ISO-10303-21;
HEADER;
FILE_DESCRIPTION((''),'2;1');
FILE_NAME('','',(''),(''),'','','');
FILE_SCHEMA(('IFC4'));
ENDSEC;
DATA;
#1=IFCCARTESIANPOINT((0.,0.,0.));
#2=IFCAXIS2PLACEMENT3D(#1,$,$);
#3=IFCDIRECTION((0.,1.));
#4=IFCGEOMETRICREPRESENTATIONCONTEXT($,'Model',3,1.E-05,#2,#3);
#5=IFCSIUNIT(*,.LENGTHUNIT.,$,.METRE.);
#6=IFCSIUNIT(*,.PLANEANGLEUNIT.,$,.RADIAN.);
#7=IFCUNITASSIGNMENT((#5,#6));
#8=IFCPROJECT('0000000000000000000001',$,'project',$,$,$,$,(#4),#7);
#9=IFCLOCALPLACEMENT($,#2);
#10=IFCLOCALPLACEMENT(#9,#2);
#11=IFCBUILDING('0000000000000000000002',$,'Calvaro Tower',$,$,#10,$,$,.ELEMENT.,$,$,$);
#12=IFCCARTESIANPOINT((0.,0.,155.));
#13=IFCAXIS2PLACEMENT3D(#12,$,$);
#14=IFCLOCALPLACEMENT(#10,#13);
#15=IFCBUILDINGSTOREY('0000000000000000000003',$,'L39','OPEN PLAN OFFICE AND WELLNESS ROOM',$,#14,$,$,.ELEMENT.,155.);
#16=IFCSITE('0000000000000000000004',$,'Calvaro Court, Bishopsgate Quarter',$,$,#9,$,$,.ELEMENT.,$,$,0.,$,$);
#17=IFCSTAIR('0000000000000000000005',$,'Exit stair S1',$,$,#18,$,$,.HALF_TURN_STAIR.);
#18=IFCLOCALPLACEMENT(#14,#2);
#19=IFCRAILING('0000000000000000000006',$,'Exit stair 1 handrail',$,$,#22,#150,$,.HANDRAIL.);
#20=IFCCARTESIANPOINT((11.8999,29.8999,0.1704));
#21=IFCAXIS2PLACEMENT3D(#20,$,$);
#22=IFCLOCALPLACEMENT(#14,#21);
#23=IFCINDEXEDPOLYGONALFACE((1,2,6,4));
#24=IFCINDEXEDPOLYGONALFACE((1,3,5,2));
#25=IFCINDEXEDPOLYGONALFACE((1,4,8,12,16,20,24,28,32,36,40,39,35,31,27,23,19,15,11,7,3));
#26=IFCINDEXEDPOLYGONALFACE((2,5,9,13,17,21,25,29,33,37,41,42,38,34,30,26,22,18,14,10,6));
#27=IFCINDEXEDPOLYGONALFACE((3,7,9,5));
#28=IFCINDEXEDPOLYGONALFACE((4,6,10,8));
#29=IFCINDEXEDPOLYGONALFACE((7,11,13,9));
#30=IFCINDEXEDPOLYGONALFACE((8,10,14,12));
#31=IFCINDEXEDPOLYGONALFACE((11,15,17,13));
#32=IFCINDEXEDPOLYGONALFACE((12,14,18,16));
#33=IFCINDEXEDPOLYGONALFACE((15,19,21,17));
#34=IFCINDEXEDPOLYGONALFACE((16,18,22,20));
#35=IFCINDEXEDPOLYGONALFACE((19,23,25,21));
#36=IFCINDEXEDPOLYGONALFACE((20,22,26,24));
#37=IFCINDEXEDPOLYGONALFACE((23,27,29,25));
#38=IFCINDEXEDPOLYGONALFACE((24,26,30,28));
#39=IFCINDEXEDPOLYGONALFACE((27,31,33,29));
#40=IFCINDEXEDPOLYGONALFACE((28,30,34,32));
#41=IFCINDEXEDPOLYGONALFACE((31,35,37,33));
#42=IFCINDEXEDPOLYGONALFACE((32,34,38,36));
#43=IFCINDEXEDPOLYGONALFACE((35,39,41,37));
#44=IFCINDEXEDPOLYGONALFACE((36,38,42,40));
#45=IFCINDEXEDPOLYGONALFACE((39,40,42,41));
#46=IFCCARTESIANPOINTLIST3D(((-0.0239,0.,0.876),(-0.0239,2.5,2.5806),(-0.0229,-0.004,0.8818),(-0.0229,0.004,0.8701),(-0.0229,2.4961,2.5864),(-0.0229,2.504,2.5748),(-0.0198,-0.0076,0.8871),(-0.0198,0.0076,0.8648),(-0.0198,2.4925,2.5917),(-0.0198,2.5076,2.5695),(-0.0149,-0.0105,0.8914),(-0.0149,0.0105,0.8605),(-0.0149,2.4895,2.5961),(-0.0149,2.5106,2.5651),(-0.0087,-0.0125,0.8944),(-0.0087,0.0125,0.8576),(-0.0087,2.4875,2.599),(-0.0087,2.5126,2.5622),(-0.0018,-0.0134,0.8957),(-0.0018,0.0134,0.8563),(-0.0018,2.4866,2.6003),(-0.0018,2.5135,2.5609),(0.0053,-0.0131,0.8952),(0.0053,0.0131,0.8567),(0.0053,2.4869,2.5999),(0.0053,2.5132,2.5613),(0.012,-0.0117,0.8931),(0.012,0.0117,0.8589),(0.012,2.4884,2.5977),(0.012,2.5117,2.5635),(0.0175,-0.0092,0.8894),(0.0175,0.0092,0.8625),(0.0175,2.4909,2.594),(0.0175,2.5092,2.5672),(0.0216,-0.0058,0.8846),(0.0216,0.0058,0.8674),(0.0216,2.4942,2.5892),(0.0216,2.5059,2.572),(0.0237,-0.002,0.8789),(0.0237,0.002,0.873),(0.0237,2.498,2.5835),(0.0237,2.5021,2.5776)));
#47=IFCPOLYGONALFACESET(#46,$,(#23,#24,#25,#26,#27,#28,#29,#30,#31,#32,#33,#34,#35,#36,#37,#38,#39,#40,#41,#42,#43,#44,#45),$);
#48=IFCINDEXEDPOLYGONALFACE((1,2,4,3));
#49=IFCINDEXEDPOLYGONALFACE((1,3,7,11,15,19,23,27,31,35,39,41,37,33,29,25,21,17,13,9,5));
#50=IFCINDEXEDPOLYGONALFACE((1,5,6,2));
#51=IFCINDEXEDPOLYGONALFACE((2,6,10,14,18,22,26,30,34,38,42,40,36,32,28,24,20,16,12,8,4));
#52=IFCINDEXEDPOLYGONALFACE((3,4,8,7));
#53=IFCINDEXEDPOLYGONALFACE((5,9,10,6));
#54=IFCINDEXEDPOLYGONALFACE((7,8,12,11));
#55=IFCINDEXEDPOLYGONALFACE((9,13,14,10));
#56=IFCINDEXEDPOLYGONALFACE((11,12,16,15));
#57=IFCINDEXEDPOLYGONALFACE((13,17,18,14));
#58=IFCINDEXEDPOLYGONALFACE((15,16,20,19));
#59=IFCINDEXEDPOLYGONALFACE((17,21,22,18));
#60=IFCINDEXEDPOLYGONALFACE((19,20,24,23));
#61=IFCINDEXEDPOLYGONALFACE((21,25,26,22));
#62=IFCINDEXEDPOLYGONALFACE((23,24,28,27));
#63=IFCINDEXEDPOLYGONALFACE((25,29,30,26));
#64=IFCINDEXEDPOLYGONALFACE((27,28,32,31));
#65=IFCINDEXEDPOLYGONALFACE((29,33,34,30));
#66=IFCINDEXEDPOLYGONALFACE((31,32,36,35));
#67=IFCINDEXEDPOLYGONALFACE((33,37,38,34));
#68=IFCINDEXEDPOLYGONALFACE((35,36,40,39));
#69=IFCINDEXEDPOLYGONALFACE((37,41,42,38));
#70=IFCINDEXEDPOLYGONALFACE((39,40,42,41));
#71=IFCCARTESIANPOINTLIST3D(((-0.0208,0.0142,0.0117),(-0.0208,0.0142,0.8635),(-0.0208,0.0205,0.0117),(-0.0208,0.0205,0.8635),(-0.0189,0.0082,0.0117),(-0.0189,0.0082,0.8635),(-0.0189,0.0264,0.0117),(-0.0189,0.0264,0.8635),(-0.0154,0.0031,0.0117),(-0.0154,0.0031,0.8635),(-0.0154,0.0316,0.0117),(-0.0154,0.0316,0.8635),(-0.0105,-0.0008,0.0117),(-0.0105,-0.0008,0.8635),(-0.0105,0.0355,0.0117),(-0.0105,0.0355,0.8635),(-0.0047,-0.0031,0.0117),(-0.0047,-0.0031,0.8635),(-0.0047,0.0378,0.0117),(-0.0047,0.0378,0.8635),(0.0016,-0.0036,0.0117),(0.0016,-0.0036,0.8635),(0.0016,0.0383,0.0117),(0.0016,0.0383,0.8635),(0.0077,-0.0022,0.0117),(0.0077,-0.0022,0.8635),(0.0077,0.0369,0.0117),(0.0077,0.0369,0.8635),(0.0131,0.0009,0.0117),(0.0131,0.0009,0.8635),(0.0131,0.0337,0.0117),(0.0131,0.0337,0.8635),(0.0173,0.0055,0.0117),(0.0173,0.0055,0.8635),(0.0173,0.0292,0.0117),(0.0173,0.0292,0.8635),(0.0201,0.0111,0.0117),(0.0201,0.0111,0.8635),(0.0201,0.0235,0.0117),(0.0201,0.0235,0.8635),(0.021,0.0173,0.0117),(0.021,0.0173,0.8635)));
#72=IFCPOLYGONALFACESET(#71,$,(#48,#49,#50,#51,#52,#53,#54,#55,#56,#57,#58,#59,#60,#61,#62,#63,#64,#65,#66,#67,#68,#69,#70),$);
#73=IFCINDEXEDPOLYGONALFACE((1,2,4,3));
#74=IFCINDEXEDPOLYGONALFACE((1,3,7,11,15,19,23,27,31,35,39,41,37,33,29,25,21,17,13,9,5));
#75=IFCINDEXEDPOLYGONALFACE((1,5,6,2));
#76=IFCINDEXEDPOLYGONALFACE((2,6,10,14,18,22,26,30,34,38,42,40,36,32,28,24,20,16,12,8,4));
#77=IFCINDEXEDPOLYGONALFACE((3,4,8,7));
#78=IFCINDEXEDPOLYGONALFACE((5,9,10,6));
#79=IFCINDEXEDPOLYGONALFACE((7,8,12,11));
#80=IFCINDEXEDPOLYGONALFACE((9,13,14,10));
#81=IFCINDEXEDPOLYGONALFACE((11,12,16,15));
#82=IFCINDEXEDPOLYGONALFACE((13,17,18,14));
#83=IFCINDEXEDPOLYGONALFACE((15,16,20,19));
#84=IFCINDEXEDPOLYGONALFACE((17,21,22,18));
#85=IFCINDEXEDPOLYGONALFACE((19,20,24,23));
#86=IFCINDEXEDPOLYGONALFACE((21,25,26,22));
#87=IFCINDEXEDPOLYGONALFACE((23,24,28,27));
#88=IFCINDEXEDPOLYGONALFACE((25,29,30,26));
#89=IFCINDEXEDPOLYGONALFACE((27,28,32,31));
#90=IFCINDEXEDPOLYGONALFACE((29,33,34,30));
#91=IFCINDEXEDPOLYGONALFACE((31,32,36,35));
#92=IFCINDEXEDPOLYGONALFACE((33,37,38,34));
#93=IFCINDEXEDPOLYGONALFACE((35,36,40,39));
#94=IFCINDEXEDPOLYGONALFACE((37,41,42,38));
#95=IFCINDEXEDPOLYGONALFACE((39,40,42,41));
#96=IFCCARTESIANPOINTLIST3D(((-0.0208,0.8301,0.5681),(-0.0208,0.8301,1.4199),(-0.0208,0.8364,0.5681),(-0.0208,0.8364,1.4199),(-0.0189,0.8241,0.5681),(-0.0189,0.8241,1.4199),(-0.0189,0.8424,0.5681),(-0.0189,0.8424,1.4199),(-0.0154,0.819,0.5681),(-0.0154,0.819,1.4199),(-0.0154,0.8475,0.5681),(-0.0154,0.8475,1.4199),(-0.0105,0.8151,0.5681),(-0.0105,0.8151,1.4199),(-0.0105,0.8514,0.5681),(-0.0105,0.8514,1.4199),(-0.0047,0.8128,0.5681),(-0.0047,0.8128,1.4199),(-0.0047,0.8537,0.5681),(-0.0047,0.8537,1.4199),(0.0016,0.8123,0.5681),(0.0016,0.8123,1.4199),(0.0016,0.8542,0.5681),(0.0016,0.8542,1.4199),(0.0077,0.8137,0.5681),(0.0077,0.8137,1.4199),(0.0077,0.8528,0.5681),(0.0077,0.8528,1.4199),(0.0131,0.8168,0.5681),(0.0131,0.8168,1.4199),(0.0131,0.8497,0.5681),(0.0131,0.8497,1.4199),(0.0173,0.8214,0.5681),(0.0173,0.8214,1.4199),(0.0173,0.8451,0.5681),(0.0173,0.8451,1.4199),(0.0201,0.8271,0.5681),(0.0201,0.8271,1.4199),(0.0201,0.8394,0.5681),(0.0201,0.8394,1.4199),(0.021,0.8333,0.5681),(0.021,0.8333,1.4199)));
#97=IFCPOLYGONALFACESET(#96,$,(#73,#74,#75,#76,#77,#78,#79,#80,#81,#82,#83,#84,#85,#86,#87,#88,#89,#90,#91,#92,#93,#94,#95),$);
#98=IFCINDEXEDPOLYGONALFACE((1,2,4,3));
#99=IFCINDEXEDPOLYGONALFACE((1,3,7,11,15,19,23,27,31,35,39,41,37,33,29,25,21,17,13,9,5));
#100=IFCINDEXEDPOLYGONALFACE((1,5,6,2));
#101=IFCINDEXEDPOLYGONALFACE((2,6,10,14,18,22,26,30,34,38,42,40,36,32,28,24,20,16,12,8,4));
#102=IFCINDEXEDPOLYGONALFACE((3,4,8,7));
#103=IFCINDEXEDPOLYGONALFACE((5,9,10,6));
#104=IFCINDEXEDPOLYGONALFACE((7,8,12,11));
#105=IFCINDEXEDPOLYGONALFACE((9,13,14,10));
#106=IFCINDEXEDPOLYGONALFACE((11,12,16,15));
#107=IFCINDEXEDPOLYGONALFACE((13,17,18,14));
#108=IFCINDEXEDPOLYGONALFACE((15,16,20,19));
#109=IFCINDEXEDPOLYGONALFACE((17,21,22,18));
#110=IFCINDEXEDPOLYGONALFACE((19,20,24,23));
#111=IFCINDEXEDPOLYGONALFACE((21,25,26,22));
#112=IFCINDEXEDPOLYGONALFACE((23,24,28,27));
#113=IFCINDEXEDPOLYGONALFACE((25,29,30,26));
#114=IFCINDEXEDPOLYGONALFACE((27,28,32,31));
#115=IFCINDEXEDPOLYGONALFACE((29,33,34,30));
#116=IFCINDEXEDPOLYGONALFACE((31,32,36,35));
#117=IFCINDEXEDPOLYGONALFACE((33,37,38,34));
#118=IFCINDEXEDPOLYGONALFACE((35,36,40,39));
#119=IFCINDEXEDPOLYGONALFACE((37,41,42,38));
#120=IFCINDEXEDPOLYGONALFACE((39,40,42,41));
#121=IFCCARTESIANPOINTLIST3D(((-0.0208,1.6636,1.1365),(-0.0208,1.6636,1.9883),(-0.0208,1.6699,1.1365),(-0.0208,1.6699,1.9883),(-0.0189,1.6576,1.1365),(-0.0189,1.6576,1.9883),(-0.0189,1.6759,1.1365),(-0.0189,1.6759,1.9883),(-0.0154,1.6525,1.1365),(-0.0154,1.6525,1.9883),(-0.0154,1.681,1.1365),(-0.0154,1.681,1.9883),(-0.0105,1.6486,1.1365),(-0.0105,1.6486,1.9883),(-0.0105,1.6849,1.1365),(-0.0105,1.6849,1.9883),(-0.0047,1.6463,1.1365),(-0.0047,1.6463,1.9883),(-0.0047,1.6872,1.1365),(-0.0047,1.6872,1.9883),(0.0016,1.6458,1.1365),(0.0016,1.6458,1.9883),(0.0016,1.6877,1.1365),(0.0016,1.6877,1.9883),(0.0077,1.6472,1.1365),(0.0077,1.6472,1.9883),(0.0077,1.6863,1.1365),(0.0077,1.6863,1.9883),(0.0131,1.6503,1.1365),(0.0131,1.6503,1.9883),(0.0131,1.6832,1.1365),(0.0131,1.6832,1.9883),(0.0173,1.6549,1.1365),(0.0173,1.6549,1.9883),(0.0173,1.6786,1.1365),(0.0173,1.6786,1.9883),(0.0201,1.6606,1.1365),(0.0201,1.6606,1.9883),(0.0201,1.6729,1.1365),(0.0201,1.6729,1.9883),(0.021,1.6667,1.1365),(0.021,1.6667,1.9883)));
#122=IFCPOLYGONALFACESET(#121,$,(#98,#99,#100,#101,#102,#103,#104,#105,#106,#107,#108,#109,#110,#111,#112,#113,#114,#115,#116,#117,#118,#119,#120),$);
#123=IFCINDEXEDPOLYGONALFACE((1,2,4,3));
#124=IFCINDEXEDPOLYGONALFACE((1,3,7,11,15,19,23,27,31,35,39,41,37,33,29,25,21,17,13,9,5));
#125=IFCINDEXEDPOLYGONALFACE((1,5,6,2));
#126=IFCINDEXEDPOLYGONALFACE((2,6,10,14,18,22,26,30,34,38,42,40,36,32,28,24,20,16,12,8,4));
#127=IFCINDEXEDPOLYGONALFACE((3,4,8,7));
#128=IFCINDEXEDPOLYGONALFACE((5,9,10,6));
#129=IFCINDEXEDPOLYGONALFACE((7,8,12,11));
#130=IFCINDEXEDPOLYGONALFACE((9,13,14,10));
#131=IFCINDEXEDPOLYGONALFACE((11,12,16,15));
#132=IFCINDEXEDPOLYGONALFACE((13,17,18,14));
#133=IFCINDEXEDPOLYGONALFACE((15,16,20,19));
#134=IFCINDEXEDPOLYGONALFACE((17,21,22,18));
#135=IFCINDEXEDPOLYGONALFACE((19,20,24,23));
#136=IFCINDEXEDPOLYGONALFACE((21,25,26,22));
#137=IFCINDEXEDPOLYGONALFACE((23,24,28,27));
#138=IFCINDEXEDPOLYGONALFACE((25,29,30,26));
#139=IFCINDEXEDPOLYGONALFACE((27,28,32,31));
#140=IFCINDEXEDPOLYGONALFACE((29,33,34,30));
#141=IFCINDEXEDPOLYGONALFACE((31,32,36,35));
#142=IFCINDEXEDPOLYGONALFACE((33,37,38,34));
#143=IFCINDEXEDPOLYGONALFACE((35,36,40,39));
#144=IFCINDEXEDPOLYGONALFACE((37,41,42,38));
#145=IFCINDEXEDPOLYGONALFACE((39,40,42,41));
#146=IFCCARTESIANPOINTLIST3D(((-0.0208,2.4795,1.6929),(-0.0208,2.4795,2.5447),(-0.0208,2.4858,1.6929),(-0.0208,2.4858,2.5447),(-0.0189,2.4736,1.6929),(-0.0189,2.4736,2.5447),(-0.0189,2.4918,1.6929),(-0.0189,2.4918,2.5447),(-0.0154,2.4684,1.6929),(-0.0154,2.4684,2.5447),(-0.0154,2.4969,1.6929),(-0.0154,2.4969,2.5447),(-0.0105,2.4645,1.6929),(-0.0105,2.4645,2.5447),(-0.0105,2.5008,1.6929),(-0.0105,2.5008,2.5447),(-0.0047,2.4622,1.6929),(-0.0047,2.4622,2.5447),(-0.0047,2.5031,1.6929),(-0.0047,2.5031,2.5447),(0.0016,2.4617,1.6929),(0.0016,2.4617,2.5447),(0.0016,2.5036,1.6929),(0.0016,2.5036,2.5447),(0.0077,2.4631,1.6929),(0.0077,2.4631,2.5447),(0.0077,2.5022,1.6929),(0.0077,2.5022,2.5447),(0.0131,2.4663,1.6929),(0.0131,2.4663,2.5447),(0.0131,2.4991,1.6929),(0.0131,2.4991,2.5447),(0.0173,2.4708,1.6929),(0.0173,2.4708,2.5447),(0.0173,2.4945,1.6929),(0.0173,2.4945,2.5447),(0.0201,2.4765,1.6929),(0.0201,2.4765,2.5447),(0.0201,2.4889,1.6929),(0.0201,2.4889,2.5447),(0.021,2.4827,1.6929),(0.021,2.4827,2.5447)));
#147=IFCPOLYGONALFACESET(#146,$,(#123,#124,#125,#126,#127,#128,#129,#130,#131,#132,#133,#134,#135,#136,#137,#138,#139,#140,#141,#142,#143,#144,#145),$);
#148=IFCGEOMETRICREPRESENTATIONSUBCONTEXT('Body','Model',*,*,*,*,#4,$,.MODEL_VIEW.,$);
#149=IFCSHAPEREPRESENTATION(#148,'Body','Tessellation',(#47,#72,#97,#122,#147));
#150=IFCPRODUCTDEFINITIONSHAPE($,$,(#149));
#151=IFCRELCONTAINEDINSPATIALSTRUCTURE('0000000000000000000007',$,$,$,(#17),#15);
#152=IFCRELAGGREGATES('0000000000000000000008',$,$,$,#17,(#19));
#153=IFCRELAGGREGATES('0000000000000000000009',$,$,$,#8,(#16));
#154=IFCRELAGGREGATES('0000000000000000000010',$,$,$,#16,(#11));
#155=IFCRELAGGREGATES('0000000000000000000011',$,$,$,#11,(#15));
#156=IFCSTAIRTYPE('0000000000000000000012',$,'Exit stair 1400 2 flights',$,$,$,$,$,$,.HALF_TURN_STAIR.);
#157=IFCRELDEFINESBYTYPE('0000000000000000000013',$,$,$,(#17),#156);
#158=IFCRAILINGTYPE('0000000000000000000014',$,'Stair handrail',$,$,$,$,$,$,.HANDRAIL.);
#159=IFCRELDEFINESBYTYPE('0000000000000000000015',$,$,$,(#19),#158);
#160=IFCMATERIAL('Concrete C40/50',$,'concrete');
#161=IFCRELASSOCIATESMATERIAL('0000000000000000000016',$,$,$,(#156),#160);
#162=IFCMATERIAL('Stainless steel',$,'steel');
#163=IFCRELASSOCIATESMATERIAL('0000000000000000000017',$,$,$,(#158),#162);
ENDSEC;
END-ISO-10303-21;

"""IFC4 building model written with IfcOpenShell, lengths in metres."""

from ifc_helpers import new_model, si_unit, direction, frame, origin, origin_2d, place, context, subcontext, project, spatial, circle, extrude, material, type_object, element, aggregate, save


model = new_model("IFC4")

# Units and contexts
model_context = context("Model", 3, precision=1e-05, world=origin(), true_north=direction((0.0, 1.0)))
body_context = subcontext(model_context, "Body", "Model", "MODEL_VIEW")
ifc_project = project(units=[si_unit("LENGTHUNIT", "METRE"), si_unit("PLANEANGLEUNIT", "RADIAN")], contexts=[model_context])

# Site, building, storey
site_placement = place(None, origin())
site = spatial("IfcSite", under=ifc_project, at=site_placement, Name="Calvaro Court, Bishopsgate Quarter", CompositionType="ELEMENT", RefElevation=0.0)
building_placement = place(site_placement, origin())
building = spatial("IfcBuilding", under=site, at=building_placement, Name="Calvaro Tower", CompositionType="ELEMENT")
storey_placement = place(building_placement, frame((0.0, 0.0, 155.0)))
storey = spatial("IfcBuildingStorey", under=building, at=storey_placement, Name="L39", Description="OPEN PLAN OFFICE AND WELLNESS ROOM", CompositionType="ELEMENT", Elevation=155.0)

# Stair, railing
ifc_material_1 = material(Name="Concrete C40/50", Category="concrete")
stair_type = type_object("IfcStairType", Name="Exit stair 1400 2 flights", PredefinedType="HALF_TURN_STAIR", material=ifc_material_1)
stair_placement = place(storey_placement, origin())
stair = element("IfcStair", 1, at=stair_placement, inside=storey, type_object=stair_type, Name="Exit stair S1", PredefinedType="HALF_TURN_STAIR")
ifc_material_2 = material(Name="Stainless steel", Category="steel")
railing_type = type_object("IfcRailingType", Name="Stair handrail", PredefinedType="HANDRAIL", material=ifc_material_2)
railing_1_placement = place(storey_placement, frame((11.8999, 29.8999, 0.1704)))
railing_1 = element("IfcRailing", 2, at=railing_1_placement, type_object=railing_type, Name="Exit stair 1 handrail", PredefinedType="HANDRAIL", context=body_context, shape_type="SweptSolid", body=[
    extrude(circle(Radius=0.0239, at=origin_2d()), frame((0.0, 0.0, 0.876), z_axis=(0.0, 0.826221, 0.563347), x_axis=(-1.0, 0.0, 0.0)), (0.0, 0.0, 1.0), 3.0259),
    extrude(circle(Radius=0.021, at=origin_2d()), frame((0.0, 0.0173, 0.0117)), (0.0, 0.0, 1.0), 0.8518),
    extrude(circle(Radius=0.021, at=origin_2d()), frame((0.0, 0.8333, 0.5681)), (0.0, 0.0, 1.0), 0.8518),
    extrude(circle(Radius=0.021, at=origin_2d()), frame((0.0, 1.6667, 1.1365)), (0.0, 0.0, 1.0), 0.8518),
    extrude(circle(Radius=0.021, at=origin_2d()), frame((0.0, 2.4827, 1.6929)), (0.0, 0.0, 1.0), 0.8518),
])
aggregate(stair, [railing_1])

save(model, "model.ifc")
